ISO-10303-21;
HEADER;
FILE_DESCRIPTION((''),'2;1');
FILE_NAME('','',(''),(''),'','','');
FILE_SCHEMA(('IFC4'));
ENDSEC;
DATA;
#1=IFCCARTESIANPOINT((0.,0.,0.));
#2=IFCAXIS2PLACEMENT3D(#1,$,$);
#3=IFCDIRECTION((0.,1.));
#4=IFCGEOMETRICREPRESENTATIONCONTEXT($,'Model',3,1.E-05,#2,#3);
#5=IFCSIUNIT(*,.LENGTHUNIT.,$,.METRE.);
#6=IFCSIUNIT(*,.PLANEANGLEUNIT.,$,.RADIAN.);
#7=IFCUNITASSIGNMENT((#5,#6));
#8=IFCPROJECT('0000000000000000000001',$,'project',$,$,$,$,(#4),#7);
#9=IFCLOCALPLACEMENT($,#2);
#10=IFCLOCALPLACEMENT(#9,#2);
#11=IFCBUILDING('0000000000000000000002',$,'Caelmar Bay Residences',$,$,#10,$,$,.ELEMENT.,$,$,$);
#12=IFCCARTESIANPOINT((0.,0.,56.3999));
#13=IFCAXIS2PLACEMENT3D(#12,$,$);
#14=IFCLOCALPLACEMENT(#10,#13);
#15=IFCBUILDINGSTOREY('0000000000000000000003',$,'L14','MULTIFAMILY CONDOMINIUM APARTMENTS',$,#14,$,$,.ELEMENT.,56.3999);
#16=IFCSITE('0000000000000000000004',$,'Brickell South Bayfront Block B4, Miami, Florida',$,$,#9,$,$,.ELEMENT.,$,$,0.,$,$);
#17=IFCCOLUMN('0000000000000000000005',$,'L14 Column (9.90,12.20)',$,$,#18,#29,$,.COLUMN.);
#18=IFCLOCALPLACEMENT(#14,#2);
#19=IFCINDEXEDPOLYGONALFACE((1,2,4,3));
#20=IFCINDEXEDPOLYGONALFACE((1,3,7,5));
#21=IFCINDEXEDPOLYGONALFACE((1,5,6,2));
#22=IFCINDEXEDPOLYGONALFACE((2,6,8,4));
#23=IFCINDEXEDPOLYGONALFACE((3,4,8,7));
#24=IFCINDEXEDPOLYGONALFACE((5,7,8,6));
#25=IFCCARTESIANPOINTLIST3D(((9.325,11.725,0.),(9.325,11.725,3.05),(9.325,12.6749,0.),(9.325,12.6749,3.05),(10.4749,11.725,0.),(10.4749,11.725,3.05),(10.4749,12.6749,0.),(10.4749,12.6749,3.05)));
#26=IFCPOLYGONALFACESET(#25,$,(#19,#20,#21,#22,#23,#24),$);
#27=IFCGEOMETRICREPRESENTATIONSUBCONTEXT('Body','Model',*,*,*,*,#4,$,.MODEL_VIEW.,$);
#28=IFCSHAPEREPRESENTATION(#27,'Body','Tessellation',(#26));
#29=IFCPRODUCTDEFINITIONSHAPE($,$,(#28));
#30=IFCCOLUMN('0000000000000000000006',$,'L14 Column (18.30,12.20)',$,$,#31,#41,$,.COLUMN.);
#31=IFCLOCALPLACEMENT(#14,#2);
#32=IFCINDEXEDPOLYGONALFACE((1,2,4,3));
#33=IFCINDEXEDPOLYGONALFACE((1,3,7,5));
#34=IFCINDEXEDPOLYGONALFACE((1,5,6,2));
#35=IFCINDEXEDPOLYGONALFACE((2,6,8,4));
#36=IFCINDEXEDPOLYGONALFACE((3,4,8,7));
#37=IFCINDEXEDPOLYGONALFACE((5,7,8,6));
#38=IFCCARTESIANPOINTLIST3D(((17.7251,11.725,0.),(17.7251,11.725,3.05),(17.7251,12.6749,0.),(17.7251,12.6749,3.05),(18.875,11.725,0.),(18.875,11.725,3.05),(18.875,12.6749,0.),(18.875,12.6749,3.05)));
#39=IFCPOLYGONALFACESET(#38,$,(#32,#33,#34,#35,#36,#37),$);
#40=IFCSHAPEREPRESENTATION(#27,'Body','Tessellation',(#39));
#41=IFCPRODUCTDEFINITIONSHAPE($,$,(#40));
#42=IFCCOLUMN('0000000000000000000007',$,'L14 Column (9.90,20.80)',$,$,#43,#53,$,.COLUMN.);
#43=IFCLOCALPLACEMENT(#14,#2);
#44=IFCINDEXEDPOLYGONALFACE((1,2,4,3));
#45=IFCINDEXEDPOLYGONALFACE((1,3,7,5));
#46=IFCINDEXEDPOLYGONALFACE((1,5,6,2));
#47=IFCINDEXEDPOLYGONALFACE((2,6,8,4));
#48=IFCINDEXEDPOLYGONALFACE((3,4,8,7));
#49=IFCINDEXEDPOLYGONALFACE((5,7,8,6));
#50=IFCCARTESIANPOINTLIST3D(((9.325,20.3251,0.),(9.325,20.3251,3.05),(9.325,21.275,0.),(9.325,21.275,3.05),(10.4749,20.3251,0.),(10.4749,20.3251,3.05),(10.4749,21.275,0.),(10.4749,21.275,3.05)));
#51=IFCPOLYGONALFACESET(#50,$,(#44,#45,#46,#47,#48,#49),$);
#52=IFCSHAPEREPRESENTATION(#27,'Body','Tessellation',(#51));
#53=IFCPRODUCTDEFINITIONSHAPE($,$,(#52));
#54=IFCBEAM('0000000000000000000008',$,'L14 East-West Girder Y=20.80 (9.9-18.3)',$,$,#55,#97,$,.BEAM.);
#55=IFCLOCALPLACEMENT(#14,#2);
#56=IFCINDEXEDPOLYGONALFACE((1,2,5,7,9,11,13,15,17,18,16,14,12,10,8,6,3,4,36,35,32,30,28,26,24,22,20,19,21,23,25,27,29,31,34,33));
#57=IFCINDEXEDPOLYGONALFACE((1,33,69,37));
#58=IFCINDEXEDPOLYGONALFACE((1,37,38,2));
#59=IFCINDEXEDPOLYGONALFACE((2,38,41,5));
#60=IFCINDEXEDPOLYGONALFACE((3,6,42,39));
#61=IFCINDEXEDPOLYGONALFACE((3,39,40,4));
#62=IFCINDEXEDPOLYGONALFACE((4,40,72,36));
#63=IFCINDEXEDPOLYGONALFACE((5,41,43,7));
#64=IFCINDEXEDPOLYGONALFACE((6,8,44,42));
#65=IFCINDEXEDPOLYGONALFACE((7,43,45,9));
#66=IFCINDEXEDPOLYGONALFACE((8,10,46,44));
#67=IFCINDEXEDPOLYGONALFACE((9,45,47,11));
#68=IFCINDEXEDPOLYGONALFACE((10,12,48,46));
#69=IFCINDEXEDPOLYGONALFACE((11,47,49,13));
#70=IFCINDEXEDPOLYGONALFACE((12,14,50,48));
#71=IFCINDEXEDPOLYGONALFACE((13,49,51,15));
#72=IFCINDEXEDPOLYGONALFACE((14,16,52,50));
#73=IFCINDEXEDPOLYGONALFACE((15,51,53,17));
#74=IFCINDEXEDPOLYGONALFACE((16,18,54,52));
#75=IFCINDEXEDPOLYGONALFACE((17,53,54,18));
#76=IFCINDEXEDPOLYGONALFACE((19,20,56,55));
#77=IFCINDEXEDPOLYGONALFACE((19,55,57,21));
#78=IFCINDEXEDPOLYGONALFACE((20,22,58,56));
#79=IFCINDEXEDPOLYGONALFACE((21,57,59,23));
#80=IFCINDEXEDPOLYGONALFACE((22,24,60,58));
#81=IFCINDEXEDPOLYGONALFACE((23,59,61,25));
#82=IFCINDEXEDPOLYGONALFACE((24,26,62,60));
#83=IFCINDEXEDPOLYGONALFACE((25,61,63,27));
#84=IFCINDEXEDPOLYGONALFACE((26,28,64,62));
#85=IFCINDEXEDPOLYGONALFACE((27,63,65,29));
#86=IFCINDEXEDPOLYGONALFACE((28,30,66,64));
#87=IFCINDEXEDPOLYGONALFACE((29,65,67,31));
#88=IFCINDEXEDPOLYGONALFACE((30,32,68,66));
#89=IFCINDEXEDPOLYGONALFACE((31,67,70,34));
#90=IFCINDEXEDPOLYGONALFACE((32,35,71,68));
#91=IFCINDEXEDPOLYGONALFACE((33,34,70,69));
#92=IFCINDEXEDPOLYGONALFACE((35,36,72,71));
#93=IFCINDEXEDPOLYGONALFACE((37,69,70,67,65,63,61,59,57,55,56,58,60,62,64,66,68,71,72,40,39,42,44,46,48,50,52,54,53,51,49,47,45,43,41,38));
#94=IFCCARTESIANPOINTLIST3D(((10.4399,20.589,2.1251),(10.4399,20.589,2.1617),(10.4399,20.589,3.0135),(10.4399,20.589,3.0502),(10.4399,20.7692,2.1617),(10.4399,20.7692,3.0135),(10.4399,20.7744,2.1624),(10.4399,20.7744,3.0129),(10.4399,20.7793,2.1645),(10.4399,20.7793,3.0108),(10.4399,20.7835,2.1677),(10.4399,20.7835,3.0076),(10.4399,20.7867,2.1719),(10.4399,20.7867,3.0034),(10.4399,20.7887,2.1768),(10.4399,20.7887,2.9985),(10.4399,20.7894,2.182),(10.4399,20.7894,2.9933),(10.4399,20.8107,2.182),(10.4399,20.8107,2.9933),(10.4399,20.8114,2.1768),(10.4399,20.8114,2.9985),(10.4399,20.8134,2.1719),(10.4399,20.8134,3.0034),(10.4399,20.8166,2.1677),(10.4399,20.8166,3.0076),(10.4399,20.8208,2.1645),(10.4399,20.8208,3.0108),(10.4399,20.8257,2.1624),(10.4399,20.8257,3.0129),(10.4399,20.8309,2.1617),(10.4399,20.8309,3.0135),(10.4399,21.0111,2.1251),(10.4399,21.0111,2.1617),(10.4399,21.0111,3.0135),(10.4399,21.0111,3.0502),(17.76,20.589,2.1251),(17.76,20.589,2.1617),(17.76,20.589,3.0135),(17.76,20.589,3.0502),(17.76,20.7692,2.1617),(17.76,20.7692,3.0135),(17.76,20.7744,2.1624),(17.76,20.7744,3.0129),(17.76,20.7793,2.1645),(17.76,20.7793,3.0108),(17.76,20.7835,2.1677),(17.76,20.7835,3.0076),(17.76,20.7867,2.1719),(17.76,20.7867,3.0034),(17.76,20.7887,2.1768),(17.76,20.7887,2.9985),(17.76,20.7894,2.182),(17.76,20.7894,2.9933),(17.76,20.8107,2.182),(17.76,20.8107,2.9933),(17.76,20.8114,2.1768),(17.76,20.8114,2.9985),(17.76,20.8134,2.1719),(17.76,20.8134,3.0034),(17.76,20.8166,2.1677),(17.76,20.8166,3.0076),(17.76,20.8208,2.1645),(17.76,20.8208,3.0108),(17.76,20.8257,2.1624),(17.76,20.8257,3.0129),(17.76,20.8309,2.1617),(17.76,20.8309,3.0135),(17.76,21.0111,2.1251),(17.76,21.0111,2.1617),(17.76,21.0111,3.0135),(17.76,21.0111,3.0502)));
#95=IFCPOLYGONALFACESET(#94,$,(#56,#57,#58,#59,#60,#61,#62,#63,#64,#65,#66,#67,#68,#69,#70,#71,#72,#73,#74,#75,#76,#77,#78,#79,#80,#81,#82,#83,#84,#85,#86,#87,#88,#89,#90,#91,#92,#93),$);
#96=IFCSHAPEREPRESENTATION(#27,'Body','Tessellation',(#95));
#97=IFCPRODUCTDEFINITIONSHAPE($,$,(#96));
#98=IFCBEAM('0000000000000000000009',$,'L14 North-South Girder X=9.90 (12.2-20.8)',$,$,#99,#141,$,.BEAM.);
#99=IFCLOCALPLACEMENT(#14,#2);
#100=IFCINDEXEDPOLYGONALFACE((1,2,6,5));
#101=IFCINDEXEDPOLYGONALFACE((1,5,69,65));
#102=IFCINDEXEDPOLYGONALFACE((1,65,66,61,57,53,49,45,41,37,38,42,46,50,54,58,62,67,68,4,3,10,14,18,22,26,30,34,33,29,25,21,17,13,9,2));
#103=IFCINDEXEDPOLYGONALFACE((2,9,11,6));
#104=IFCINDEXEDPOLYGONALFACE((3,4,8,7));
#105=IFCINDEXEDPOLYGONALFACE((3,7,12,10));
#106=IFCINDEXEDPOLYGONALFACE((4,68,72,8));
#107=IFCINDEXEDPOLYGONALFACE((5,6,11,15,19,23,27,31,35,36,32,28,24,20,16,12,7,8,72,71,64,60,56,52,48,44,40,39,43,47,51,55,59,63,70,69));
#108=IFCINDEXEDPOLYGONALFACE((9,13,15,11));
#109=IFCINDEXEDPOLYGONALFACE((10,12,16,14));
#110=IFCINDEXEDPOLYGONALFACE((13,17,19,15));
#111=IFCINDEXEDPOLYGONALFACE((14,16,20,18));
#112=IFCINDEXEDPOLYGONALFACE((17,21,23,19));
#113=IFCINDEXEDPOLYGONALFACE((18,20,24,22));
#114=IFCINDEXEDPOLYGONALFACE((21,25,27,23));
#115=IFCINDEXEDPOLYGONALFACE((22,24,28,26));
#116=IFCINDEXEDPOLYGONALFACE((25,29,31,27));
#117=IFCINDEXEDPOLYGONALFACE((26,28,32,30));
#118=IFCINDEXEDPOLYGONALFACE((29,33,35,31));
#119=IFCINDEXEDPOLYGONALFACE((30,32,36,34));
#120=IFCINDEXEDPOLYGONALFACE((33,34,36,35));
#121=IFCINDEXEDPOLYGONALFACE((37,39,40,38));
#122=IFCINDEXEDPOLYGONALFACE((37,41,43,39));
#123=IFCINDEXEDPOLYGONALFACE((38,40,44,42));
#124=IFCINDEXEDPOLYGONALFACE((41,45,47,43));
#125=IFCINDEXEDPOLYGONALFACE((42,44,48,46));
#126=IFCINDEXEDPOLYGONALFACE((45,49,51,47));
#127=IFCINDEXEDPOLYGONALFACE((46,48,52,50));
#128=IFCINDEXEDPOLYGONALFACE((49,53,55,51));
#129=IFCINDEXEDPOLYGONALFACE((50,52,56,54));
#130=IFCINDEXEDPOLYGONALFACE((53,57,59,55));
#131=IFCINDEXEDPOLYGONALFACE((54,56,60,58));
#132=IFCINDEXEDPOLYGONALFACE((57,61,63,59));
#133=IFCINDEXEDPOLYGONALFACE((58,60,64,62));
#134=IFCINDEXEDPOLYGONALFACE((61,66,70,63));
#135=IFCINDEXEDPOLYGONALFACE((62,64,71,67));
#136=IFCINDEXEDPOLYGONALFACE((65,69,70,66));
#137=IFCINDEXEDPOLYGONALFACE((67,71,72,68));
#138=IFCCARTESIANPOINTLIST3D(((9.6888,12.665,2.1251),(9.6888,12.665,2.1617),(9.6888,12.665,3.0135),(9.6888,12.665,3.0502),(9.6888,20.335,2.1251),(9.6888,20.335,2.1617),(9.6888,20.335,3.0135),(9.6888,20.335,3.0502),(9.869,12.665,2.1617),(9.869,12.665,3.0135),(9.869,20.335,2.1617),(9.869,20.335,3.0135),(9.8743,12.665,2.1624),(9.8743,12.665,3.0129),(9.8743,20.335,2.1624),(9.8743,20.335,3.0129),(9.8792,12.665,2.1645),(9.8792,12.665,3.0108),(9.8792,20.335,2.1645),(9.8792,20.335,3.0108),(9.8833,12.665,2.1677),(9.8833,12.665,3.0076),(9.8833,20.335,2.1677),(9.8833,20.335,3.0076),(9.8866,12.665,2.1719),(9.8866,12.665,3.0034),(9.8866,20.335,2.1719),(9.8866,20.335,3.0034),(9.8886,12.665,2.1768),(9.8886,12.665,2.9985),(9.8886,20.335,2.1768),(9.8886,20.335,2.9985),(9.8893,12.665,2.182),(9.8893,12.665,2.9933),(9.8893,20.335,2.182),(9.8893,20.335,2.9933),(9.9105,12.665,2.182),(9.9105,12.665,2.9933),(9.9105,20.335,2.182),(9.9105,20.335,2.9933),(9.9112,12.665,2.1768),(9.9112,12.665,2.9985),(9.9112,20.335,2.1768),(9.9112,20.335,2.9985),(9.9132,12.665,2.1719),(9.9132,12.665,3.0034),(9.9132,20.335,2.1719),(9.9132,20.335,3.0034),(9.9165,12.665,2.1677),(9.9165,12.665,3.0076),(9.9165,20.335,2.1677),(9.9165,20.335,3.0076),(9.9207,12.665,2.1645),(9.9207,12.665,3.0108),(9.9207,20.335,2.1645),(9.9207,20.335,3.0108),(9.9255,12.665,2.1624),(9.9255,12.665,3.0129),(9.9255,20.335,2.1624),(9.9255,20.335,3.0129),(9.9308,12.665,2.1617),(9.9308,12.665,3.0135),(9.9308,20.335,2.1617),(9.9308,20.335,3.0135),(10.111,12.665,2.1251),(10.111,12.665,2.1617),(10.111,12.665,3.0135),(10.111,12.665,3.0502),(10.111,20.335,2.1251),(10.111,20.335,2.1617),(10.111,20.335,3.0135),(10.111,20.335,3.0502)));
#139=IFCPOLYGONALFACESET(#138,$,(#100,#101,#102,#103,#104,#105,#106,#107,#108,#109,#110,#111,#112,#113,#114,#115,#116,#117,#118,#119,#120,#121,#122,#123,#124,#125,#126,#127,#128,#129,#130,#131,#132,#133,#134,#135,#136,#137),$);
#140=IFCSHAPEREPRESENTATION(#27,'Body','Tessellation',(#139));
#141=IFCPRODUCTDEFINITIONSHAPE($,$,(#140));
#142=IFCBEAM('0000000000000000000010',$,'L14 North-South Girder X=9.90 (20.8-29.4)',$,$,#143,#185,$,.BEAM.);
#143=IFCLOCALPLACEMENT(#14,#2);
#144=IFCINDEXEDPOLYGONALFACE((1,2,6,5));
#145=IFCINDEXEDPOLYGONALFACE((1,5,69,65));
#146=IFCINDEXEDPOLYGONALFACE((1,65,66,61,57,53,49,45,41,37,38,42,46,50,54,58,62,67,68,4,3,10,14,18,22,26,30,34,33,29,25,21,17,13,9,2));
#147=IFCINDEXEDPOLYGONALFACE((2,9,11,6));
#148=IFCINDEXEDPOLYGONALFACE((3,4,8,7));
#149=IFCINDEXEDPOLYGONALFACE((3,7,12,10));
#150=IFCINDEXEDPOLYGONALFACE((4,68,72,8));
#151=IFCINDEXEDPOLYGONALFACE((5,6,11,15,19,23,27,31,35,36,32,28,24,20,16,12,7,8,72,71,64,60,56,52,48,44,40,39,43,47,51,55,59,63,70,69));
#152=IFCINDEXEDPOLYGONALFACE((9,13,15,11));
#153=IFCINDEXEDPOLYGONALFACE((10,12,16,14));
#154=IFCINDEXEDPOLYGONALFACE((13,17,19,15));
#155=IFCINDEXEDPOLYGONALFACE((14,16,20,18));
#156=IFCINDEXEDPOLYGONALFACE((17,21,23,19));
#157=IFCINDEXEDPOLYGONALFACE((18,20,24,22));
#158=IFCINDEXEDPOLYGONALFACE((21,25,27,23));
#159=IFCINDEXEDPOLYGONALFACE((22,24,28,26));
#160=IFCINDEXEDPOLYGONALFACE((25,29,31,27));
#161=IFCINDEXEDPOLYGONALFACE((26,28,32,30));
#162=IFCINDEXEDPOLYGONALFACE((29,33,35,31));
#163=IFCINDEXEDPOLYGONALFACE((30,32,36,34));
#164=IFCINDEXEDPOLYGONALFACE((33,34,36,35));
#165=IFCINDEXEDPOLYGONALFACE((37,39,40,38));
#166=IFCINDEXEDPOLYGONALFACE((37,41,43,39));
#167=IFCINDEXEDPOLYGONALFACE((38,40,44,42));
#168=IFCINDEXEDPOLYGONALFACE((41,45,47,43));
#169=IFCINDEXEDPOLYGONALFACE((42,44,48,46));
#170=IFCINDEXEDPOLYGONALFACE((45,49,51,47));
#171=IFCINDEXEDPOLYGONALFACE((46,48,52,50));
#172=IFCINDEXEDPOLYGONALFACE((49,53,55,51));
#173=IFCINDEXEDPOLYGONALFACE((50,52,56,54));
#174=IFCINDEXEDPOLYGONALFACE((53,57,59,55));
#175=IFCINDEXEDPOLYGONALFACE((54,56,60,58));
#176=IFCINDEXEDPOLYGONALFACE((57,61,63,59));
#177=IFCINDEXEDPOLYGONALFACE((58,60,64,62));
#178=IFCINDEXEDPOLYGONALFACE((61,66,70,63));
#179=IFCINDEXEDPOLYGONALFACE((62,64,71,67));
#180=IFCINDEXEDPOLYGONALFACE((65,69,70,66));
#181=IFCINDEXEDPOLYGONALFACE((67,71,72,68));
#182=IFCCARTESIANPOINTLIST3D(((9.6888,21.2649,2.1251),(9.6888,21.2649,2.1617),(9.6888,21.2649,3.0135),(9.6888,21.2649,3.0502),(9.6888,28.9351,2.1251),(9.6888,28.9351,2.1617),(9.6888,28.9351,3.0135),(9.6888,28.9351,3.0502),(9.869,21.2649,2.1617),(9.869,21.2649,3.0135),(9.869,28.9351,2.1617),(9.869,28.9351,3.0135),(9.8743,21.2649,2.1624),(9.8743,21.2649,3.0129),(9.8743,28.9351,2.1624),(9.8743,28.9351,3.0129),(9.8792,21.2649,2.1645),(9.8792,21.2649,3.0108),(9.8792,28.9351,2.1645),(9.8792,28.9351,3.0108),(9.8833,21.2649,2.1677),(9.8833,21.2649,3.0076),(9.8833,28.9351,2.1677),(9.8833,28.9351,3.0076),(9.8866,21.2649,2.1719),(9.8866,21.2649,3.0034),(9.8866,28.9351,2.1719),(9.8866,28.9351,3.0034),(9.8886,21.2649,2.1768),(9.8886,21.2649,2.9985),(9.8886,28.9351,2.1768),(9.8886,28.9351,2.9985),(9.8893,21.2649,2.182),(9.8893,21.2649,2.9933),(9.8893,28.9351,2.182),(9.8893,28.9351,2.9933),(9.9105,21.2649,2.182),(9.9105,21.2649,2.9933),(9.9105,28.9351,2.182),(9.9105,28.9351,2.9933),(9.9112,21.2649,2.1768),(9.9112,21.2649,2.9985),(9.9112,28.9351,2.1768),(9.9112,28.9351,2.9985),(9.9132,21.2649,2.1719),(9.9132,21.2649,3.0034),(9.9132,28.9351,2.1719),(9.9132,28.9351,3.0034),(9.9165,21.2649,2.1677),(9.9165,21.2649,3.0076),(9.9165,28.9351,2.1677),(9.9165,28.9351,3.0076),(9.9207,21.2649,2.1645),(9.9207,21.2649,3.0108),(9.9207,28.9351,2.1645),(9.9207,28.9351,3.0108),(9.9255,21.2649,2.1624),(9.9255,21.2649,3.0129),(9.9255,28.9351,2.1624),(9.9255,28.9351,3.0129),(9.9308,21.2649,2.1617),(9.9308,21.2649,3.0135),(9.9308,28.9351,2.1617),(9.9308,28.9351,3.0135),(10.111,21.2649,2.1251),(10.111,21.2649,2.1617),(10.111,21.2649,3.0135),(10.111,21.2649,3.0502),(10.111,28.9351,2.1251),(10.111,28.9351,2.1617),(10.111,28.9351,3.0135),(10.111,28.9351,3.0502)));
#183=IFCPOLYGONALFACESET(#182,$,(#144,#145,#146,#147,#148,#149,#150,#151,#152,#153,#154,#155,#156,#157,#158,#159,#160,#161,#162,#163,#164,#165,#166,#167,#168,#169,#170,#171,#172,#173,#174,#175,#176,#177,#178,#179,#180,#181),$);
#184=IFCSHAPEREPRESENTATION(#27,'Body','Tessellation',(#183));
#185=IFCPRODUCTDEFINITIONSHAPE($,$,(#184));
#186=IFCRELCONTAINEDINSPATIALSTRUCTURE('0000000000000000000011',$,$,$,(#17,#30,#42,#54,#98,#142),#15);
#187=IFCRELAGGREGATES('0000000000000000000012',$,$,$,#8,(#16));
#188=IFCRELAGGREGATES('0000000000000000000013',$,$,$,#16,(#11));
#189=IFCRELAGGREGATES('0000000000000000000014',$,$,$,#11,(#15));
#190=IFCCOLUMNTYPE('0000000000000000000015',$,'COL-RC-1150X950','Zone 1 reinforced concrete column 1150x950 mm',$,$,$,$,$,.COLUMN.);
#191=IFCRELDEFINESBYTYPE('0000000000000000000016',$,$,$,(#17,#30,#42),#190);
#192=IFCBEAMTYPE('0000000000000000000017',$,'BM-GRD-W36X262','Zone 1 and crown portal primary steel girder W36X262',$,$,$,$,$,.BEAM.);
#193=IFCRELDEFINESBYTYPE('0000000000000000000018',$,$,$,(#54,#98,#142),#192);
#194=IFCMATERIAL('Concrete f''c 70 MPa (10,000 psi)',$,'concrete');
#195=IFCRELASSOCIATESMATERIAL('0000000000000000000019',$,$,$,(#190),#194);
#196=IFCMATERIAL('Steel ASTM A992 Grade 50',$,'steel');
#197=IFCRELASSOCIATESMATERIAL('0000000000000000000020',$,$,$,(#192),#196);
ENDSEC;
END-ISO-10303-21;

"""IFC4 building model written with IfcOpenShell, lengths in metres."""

from ifc_helpers import new_model, si_unit, direction, frame, origin, origin_2d, place, context, subcontext, project, spatial, rectangle, i_section, extrude, material, material_profile, profile_set, type_object, element, save


model = new_model("IFC4")

# Units and contexts
model_context = context("Model", 3, precision=1e-05, world=origin(), true_north=direction((0.0, 1.0)))
body_context = subcontext(model_context, "Body", "Model", "MODEL_VIEW")
ifc_project = project(units=[si_unit("LENGTHUNIT", "METRE"), si_unit("PLANEANGLEUNIT", "RADIAN")], contexts=[model_context])

# Site, building, storey
site_placement = place(None, origin())
site = spatial("IfcSite", under=ifc_project, at=site_placement, Name="Brickell South Bayfront Block B4, Miami, Florida", CompositionType="ELEMENT", RefElevation=0.0)
building_placement = place(site_placement, origin())
building = spatial("IfcBuilding", under=site, at=building_placement, Name="Caelmar Bay Residences", CompositionType="ELEMENT")
storey_placement = place(building_placement, frame((0.0, 0.0, 56.3999)))
storey = spatial("IfcBuildingStorey", under=building, at=storey_placement, Name="L14", Description="MULTIFAMILY CONDOMINIUM APARTMENTS", CompositionType="ELEMENT", Elevation=56.3999)

# Columns
ifc_material_1 = material(Name="Concrete f'c 70 MPa (10,000 psi)", Category="concrete")
ifc_material_profile_1 = material_profile(ifc_material_1, rectangle(XDim=1.1499, YDim=0.95, at=origin_2d()), Name="RC-COL-1150X950")
ifc_profile_set_1 = profile_set([ifc_material_profile_1], Name="Concrete f'c 70 MPa (10,000 psi)")
column_type = type_object("IfcColumnType", Name="COL-RC-1150X950", Description="Zone 1 reinforced concrete column 1150x950 mm", PredefinedType="COLUMN", material=ifc_profile_set_1)
for number, where, z_axis, x_axis, name in (
    (1, (9.8999, 12.2, 0.0), (0.0, 0.0, 1.0), (1.0, 0.0, 0.0), "L14 Column (9.90,12.20)"),
    (2, (18.3, 12.2, 0.0), (0.0, 0.0, 1.0), (1.0, 0.0, 0.0), "L14 Column (18.30,12.20)"),
    (3, (9.8999, 20.8, 0.0), (0.0, 0.0, 1.0), (1.0, 0.0, 0.0), "L14 Column (9.90,20.80)"),
):
    element("IfcColumn", number, at=place(storey_placement, frame(where, z_axis=z_axis, x_axis=x_axis)), inside=storey, type_object=column_type, Name=name, PredefinedType="COLUMN", context=body_context, shape_type="SweptSolid", body=[
        extrude(rectangle(XDim=1.1499, YDim=0.95, at=origin_2d()), origin(), (0.0, 0.0, 1.0), 3.05),
    ])

# Beams
ifc_material_2 = material(Name="Steel ASTM A992 Grade 50", Category="steel")
ifc_material_profile_2 = material_profile(ifc_material_2, i_section(OverallWidth=0.4221, OverallDepth=0.925, WebThickness=0.0212, FlangeThickness=0.0366, FilletRadius=0.0203, at=origin_2d()), Name="W36X262")
ifc_profile_set_2 = profile_set([ifc_material_profile_2], Name="Steel ASTM A992 Grade 50")
beam_type_1 = type_object("IfcBeamType", Name="BM-GRD-W36X262", Description="Zone 1 and crown portal primary steel girder W36X262", PredefinedType="BEAM", material=ifc_profile_set_2)
beam_1_placement = place(storey_placement, frame((10.4399, 20.8, 2.5876), z_axis=(1.0, 0.0, 0.0), x_axis=(0.0, 1.0, 0.0)))
element("IfcBeam", 4, at=beam_1_placement, inside=storey, type_object=beam_type_1, Name="L14 East-West Girder Y=20.80 (9.9-18.3)", PredefinedType="BEAM", context=body_context, shape_type="SweptSolid", body=[
    extrude(i_section(OverallWidth=0.4221, OverallDepth=0.925, WebThickness=0.0212, FlangeThickness=0.0366, FilletRadius=0.0203, at=origin_2d()), origin(), (0.0, 0.0, 1.0), 7.3201),
])
beam_2_placement = place(storey_placement, frame((9.8999, 12.665, 2.5876), z_axis=(0.0, 1.0, 0.0), x_axis=(-1.0, 0.0, 0.0)))
element("IfcBeam", 5, at=beam_2_placement, inside=storey, type_object=beam_type_1, Name="L14 North-South Girder X=9.90 (12.2-20.8)", PredefinedType="BEAM", context=body_context, shape_type="SweptSolid", body=[
    extrude(i_section(OverallWidth=0.4221, OverallDepth=0.925, WebThickness=0.0212, FlangeThickness=0.0366, FilletRadius=0.0203, at=origin_2d()), origin(), (0.0, 0.0, 1.0), 7.6699),
])
beam_3_placement = place(storey_placement, frame((9.8999, 21.2649, 2.5876), z_axis=(0.0, 1.0, 0.0), x_axis=(-1.0, 0.0, 0.0)))
element("IfcBeam", 6, at=beam_3_placement, inside=storey, type_object=beam_type_1, Name="L14 North-South Girder X=9.90 (20.8-29.4)", PredefinedType="BEAM", context=body_context, shape_type="SweptSolid", body=[
    extrude(i_section(OverallWidth=0.4221, OverallDepth=0.925, WebThickness=0.0212, FlangeThickness=0.0366, FilletRadius=0.0203, at=origin_2d()), origin(), (0.0, 0.0, 1.0), 7.6702),
])

save(model, "model.ifc")
